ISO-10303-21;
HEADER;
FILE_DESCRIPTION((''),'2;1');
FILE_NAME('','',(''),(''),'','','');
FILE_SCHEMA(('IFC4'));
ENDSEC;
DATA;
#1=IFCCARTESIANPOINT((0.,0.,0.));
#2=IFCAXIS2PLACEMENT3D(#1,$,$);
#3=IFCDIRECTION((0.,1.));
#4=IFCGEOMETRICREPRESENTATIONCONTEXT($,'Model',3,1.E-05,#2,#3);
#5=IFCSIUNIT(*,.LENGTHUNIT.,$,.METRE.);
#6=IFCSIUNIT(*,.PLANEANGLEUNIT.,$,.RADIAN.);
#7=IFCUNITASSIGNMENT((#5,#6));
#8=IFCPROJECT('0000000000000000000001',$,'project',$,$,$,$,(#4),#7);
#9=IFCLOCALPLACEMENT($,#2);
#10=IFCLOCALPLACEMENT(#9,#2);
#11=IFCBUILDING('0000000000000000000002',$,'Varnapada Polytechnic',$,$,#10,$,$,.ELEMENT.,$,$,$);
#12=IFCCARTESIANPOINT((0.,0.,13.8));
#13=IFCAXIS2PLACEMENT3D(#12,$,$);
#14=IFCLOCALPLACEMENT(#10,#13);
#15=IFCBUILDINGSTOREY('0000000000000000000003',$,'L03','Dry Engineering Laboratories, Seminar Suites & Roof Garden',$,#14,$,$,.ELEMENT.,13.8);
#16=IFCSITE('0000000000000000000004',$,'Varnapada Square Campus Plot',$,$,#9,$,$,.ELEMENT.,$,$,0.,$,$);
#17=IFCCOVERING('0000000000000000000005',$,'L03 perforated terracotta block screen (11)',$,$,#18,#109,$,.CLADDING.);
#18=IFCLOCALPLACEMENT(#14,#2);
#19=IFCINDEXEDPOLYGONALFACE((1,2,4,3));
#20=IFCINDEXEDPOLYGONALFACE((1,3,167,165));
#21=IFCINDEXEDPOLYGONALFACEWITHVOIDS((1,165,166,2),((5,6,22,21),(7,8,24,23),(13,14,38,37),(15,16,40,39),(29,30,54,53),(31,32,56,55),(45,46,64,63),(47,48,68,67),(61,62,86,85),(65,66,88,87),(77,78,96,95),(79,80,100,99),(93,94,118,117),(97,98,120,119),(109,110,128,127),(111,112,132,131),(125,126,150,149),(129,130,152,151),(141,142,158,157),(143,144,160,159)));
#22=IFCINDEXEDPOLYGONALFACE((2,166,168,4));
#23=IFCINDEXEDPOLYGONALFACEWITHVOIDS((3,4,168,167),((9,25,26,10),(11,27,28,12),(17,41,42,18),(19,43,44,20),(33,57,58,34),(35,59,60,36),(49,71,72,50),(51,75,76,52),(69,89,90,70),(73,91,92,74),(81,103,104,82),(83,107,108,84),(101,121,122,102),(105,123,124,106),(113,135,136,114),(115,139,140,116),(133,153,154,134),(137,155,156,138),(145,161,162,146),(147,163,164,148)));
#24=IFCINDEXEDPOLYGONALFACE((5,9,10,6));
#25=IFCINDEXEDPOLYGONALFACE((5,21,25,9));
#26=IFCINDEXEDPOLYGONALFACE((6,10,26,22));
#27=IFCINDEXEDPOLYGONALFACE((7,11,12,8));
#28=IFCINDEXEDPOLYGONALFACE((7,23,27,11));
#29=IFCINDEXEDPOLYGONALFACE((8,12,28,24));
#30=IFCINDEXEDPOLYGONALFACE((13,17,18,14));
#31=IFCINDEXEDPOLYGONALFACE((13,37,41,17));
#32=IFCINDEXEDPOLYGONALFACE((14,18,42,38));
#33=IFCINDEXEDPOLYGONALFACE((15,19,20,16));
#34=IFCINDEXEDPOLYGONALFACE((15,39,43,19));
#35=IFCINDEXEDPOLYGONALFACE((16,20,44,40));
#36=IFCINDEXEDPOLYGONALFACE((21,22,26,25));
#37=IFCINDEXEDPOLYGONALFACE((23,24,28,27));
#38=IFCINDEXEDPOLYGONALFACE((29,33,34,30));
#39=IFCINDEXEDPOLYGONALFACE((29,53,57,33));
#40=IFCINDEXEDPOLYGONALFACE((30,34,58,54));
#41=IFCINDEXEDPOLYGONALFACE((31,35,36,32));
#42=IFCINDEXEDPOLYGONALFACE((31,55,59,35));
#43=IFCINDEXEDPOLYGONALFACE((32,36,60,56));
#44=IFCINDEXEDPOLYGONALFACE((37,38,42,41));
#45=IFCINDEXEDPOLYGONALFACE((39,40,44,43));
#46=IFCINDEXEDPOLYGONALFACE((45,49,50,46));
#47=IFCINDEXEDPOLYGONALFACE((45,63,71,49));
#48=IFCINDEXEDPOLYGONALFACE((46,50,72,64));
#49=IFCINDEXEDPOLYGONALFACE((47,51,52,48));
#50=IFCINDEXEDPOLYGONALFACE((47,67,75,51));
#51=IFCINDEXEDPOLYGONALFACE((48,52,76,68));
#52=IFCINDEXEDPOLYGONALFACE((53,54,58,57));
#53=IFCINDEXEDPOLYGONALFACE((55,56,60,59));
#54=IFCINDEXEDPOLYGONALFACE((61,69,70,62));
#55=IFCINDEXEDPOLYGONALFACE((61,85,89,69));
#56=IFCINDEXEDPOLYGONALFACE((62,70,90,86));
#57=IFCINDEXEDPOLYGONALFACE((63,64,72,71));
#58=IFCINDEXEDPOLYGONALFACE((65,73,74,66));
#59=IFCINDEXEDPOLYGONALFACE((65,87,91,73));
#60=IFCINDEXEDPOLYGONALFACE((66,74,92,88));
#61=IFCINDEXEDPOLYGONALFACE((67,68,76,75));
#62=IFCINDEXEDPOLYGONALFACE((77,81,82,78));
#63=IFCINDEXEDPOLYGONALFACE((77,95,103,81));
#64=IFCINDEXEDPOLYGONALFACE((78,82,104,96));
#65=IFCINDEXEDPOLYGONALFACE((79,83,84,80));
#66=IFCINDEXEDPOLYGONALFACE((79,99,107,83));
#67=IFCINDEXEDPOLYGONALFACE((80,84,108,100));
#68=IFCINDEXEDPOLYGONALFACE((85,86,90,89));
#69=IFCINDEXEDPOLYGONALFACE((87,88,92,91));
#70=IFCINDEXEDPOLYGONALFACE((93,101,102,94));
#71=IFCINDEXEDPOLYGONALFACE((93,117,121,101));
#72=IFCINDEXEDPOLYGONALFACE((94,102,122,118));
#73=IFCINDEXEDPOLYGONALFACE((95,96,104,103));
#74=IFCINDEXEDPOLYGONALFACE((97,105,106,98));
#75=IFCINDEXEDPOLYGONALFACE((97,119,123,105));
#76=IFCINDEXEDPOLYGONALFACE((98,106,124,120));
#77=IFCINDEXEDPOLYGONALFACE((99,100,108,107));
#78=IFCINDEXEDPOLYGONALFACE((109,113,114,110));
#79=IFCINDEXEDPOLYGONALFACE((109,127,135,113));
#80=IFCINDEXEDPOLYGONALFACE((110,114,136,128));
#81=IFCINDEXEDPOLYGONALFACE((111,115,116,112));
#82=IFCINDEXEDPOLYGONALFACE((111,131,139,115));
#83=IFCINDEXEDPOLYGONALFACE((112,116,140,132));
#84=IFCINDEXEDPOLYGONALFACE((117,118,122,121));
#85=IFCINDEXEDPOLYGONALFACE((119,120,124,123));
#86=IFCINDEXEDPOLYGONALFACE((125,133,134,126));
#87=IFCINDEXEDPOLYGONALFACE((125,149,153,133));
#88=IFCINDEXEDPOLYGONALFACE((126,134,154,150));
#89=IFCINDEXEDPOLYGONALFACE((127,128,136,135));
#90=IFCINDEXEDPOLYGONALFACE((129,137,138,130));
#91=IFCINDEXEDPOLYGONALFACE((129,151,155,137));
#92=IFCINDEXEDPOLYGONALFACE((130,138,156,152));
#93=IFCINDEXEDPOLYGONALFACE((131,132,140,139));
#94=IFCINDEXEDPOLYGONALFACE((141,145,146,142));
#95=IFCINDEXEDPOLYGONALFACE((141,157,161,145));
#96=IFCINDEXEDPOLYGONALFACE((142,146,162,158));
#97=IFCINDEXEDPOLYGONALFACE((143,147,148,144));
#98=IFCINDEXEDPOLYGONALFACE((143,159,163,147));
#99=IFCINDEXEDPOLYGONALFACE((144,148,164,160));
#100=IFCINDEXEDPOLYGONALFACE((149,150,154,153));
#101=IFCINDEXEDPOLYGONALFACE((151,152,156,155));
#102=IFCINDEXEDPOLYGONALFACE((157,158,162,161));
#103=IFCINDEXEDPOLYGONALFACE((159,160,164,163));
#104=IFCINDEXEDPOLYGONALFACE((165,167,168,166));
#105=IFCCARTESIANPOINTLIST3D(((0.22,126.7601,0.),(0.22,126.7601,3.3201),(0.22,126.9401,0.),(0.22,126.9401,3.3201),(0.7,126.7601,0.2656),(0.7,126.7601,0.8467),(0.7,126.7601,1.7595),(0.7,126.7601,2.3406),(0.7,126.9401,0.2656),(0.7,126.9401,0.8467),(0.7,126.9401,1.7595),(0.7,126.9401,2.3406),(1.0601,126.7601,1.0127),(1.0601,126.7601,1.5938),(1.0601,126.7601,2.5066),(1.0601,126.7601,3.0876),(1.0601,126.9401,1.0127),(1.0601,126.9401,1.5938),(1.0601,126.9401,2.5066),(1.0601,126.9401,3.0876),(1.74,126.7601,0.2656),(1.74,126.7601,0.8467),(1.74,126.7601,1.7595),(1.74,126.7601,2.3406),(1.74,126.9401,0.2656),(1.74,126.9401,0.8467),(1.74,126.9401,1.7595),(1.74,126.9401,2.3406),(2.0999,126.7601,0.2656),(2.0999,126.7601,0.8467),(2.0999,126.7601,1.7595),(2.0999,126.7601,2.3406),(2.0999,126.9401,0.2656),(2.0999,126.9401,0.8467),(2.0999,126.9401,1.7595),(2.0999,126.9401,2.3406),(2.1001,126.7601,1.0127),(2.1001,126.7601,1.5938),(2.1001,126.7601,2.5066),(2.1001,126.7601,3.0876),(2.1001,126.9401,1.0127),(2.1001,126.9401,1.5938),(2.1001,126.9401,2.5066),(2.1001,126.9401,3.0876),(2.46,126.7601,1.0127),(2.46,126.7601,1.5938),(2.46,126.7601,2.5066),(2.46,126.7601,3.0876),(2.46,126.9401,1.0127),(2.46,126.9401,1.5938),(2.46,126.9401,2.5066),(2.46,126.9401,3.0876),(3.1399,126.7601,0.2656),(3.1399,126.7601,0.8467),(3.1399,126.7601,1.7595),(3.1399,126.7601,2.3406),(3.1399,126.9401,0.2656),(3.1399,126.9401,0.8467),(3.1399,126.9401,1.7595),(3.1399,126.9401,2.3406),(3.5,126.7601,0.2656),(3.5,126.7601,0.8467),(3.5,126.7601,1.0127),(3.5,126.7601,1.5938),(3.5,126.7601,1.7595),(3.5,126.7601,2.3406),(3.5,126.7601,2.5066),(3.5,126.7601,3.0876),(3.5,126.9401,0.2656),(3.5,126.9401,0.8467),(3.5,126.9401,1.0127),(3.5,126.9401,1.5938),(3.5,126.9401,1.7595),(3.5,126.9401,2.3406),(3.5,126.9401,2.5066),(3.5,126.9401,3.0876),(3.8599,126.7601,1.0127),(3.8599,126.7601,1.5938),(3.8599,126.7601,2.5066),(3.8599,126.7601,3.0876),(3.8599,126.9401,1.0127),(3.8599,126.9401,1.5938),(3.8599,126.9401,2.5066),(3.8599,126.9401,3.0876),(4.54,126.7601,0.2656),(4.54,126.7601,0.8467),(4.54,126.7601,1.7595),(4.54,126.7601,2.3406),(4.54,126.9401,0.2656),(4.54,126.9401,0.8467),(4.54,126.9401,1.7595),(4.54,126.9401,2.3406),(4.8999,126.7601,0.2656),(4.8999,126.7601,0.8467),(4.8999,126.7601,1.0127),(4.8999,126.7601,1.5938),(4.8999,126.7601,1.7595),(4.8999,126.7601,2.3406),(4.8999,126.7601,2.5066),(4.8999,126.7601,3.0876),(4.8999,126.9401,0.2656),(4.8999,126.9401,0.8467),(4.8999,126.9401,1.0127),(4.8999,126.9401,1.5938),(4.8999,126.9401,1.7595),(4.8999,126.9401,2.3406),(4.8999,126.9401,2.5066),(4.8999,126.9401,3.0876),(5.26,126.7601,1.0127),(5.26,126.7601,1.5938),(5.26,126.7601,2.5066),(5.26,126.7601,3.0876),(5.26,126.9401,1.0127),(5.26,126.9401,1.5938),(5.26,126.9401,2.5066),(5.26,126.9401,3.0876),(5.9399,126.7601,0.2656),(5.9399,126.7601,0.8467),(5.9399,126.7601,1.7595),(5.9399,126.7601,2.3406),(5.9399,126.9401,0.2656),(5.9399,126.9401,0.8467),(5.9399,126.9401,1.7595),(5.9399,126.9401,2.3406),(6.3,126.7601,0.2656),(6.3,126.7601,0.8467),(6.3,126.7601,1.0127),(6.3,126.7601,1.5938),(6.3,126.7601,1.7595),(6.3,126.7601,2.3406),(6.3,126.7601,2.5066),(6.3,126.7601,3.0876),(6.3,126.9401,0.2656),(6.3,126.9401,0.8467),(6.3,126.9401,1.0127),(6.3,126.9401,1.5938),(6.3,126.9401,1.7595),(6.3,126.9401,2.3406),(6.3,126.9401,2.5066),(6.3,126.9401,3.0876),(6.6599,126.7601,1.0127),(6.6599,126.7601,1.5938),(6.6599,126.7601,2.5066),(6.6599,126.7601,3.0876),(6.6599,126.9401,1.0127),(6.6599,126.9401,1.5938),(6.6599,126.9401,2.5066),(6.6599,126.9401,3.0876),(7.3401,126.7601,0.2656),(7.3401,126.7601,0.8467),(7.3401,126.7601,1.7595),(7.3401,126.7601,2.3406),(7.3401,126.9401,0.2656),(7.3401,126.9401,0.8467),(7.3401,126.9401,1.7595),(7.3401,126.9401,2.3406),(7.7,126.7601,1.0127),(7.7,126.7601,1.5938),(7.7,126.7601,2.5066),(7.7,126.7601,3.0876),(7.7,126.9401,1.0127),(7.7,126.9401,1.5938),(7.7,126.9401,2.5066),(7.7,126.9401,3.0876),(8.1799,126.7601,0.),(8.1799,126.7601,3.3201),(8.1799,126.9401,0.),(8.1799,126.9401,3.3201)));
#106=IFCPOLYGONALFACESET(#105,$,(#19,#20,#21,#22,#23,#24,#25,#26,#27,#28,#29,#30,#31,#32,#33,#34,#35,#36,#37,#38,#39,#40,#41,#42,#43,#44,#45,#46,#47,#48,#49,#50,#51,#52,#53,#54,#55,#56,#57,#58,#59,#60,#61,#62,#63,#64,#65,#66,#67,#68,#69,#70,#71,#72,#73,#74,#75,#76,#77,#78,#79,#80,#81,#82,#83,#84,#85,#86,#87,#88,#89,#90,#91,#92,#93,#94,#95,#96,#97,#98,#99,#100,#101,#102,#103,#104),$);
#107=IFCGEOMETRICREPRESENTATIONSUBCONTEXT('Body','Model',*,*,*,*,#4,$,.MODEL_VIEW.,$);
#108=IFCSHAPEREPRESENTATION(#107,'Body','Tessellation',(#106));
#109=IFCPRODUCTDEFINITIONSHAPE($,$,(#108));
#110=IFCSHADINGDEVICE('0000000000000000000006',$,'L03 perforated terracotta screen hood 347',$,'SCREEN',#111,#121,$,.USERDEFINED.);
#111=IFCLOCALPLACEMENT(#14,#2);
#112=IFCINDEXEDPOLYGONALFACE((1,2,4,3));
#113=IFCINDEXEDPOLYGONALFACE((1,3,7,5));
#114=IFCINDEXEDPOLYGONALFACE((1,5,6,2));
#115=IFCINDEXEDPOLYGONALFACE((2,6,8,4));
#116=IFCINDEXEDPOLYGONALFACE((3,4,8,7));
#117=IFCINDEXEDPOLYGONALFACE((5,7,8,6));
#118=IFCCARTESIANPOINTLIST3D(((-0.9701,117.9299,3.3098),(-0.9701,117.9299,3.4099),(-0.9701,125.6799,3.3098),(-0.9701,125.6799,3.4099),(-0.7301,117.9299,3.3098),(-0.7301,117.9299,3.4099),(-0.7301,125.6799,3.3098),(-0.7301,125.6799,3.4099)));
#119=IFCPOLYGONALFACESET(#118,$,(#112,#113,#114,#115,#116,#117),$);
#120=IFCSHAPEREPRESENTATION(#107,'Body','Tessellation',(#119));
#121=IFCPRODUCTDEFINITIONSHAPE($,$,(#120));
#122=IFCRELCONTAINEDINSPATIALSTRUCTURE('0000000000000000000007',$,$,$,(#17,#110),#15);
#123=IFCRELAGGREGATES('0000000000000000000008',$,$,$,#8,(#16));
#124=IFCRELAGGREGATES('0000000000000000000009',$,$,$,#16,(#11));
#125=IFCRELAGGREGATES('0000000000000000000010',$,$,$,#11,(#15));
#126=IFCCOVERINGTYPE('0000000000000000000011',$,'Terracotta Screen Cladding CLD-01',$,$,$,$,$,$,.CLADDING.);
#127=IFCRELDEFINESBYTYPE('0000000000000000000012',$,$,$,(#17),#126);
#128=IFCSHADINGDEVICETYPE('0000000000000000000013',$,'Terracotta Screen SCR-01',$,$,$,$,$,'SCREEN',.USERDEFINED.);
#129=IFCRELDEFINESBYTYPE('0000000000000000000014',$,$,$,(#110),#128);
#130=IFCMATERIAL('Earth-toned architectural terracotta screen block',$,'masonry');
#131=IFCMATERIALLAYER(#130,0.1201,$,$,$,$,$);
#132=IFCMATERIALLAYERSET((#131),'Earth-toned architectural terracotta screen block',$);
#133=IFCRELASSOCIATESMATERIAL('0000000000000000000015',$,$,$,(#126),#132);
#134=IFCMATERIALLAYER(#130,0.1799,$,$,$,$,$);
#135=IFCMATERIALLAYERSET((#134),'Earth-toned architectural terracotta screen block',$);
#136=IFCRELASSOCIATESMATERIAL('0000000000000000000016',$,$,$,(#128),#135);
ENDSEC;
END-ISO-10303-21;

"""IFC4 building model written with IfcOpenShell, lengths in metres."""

from ifc_helpers import new_model, si_unit, direction, frame, frame_2d, origin, origin_2d, place, context, subcontext, project, spatial, rectangle, extrude, material, layer, layer_set, type_object, element, save


model = new_model("IFC4")

# Units and contexts
model_context = context("Model", 3, precision=1e-05, world=origin(), true_north=direction((0.0, 1.0)))
body_context = subcontext(model_context, "Body", "Model", "MODEL_VIEW")
ifc_project = project(units=[si_unit("LENGTHUNIT", "METRE"), si_unit("PLANEANGLEUNIT", "RADIAN")], contexts=[model_context])

# Site, building, storey
site_placement = place(None, origin())
site = spatial("IfcSite", under=ifc_project, at=site_placement, Name="Varnapada Square Campus Plot", CompositionType="ELEMENT", RefElevation=0.0)
building_placement = place(site_placement, origin())
building = spatial("IfcBuilding", under=site, at=building_placement, Name="Varnapada Polytechnic", CompositionType="ELEMENT")
storey_placement = place(building_placement, frame((0.0, 0.0, 13.8)))
storey = spatial("IfcBuildingStorey", under=building, at=storey_placement, Name="L03", Description="Dry Engineering Laboratories, Seminar Suites & Roof Garden", CompositionType="ELEMENT", Elevation=13.8)

# Covering, openings
ifc_material_1 = material(Name="Earth-toned architectural terracotta screen block", Category="masonry")
ifc_layer_1 = layer(ifc_material_1, 0.1201)
ifc_layer_set_1 = layer_set([ifc_layer_1], Name="Earth-toned architectural terracotta screen block")
covering_type_1 = type_object("IfcCoveringType", Name="Terracotta Screen Cladding CLD-01", PredefinedType="CLADDING", material=ifc_layer_set_1)
covering_1_placement = place(storey_placement, frame((0.22, 126.8501, 0.0), z_axis=(0.0, 0.0, 1.0), x_axis=(1.0, 0.0, 0.0)))
covering_1 = element("IfcCovering", 1, at=covering_1_placement, inside=storey, type_object=covering_type_1, Name="L03 perforated terracotta block screen (11)", PredefinedType="CLADDING", context=body_context, shape_type="SweptSolid", body=[
    extrude(rectangle(XDim=7.96, YDim=0.1799, at=frame_2d((3.98, 0.0))), origin(), (0.0, 0.0, 1.0), 3.3201),
])
opening_1_placement = place(covering_1_placement, frame((0.48, 0.0, 0.2656)))
element("IfcOpeningElement", 2, at=opening_1_placement, cuts=covering_1, PredefinedType="OPENING", context=body_context, shape_type="SweptSolid", body=[
    extrude(rectangle(XDim=1.04, YDim=0.5811, at=frame_2d((0.52, 0.2905))), frame((0.0, 0.0999, 0.0), z_axis=(0.0, -1.0, 0.0), x_axis=(1.0, 0.0, 0.0)), (0.0, 0.0, 1.0), 0.2),
])
opening_2_placement = place(covering_1_placement, frame((1.8799, 0.0, 0.2656)))
element("IfcOpeningElement", 3, at=opening_2_placement, cuts=covering_1, PredefinedType="OPENING", context=body_context, shape_type="SweptSolid", body=[
    extrude(rectangle(XDim=1.04, YDim=0.5811, at=frame_2d((0.52, 0.2905))), frame((0.0, 0.0999, 0.0), z_axis=(0.0, -1.0, 0.0), x_axis=(1.0, 0.0, 0.0)), (0.0, 0.0, 1.0), 0.2),
])
opening_3_placement = place(covering_1_placement, frame((3.28, 0.0, 0.2656)))
element("IfcOpeningElement", 4, at=opening_3_placement, cuts=covering_1, PredefinedType="OPENING", context=body_context, shape_type="SweptSolid", body=[
    extrude(rectangle(XDim=1.04, YDim=0.5811, at=frame_2d((0.52, 0.2905))), frame((0.0, 0.0999, 0.0), z_axis=(0.0, -1.0, 0.0), x_axis=(1.0, 0.0, 0.0)), (0.0, 0.0, 1.0), 0.2),
])
opening_4_placement = place(covering_1_placement, frame((4.6799, 0.0, 0.2656)))
element("IfcOpeningElement", 5, at=opening_4_placement, cuts=covering_1, PredefinedType="OPENING", context=body_context, shape_type="SweptSolid", body=[
    extrude(rectangle(XDim=1.04, YDim=0.5811, at=frame_2d((0.52, 0.2905))), frame((0.0, 0.0999, 0.0), z_axis=(0.0, -1.0, 0.0), x_axis=(1.0, 0.0, 0.0)), (0.0, 0.0, 1.0), 0.2),
])
opening_5_placement = place(covering_1_placement, frame((6.0801, 0.0, 0.2656)))
element("IfcOpeningElement", 6, at=opening_5_placement, cuts=covering_1, PredefinedType="OPENING", context=body_context, shape_type="SweptSolid", body=[
    extrude(rectangle(XDim=1.04, YDim=0.5811, at=frame_2d((0.52, 0.2905))), frame((0.0, 0.0999, 0.0), z_axis=(0.0, -1.0, 0.0), x_axis=(1.0, 0.0, 0.0)), (0.0, 0.0, 1.0), 0.2),
])
opening_6_placement = place(covering_1_placement, frame((0.8401, 0.0, 1.0127)))
element("IfcOpeningElement", 7, at=opening_6_placement, cuts=covering_1, PredefinedType="OPENING", context=body_context, shape_type="SweptSolid", body=[
    extrude(rectangle(XDim=1.04, YDim=0.5811, at=frame_2d((0.52, 0.2905))), frame((0.0, 0.0999, 0.0), z_axis=(0.0, -1.0, 0.0), x_axis=(1.0, 0.0, 0.0)), (0.0, 0.0, 1.0), 0.2),
])
opening_7_placement = place(covering_1_placement, frame((2.24, 0.0, 1.0127)))
element("IfcOpeningElement", 8, at=opening_7_placement, cuts=covering_1, PredefinedType="OPENING", context=body_context, shape_type="SweptSolid", body=[
    extrude(rectangle(XDim=1.04, YDim=0.5811, at=frame_2d((0.52, 0.2905))), frame((0.0, 0.0999, 0.0), z_axis=(0.0, -1.0, 0.0), x_axis=(1.0, 0.0, 0.0)), (0.0, 0.0, 1.0), 0.2),
])
opening_8_placement = place(covering_1_placement, frame((3.6399, 0.0, 1.0127)))
element("IfcOpeningElement", 9, at=opening_8_placement, cuts=covering_1, PredefinedType="OPENING", context=body_context, shape_type="SweptSolid", body=[
    extrude(rectangle(XDim=1.04, YDim=0.5811, at=frame_2d((0.52, 0.2905))), frame((0.0, 0.0999, 0.0), z_axis=(0.0, -1.0, 0.0), x_axis=(1.0, 0.0, 0.0)), (0.0, 0.0, 1.0), 0.2),
])
opening_9_placement = place(covering_1_placement, frame((5.04, 0.0, 1.0127)))
element("IfcOpeningElement", 10, at=opening_9_placement, cuts=covering_1, PredefinedType="OPENING", context=body_context, shape_type="SweptSolid", body=[
    extrude(rectangle(XDim=1.04, YDim=0.5811, at=frame_2d((0.52, 0.2905))), frame((0.0, 0.0999, 0.0), z_axis=(0.0, -1.0, 0.0), x_axis=(1.0, 0.0, 0.0)), (0.0, 0.0, 1.0), 0.2),
])
opening_10_placement = place(covering_1_placement, frame((6.4399, 0.0, 1.0127)))
element("IfcOpeningElement", 11, at=opening_10_placement, cuts=covering_1, PredefinedType="OPENING", context=body_context, shape_type="SweptSolid", body=[
    extrude(rectangle(XDim=1.04, YDim=0.5811, at=frame_2d((0.52, 0.2905))), frame((0.0, 0.0999, 0.0), z_axis=(0.0, -1.0, 0.0), x_axis=(1.0, 0.0, 0.0)), (0.0, 0.0, 1.0), 0.2),
])
opening_11_placement = place(covering_1_placement, frame((0.48, 0.0, 1.7595)))
element("IfcOpeningElement", 12, at=opening_11_placement, cuts=covering_1, PredefinedType="OPENING", context=body_context, shape_type="SweptSolid", body=[
    extrude(rectangle(XDim=1.04, YDim=0.5811, at=frame_2d((0.52, 0.2905))), frame((0.0, 0.0999, 0.0), z_axis=(0.0, -1.0, 0.0), x_axis=(1.0, 0.0, 0.0)), (0.0, 0.0, 1.0), 0.2),
])
opening_12_placement = place(covering_1_placement, frame((1.8799, 0.0, 1.7595)))
element("IfcOpeningElement", 13, at=opening_12_placement, cuts=covering_1, PredefinedType="OPENING", context=body_context, shape_type="SweptSolid", body=[
    extrude(rectangle(XDim=1.04, YDim=0.5811, at=frame_2d((0.52, 0.2905))), frame((0.0, 0.0999, 0.0), z_axis=(0.0, -1.0, 0.0), x_axis=(1.0, 0.0, 0.0)), (0.0, 0.0, 1.0), 0.2),
])
opening_13_placement = place(covering_1_placement, frame((3.28, 0.0, 1.7595)))
element("IfcOpeningElement", 14, at=opening_13_placement, cuts=covering_1, PredefinedType="OPENING", context=body_context, shape_type="SweptSolid", body=[
    extrude(rectangle(XDim=1.04, YDim=0.5811, at=frame_2d((0.52, 0.2905))), frame((0.0, 0.0999, 0.0), z_axis=(0.0, -1.0, 0.0), x_axis=(1.0, 0.0, 0.0)), (0.0, 0.0, 1.0), 0.2),
])
opening_14_placement = place(covering_1_placement, frame((4.6799, 0.0, 1.7595)))
element("IfcOpeningElement", 15, at=opening_14_placement, cuts=covering_1, PredefinedType="OPENING", context=body_context, shape_type="SweptSolid", body=[
    extrude(rectangle(XDim=1.04, YDim=0.5811, at=frame_2d((0.52, 0.2905))), frame((0.0, 0.0999, 0.0), z_axis=(0.0, -1.0, 0.0), x_axis=(1.0, 0.0, 0.0)), (0.0, 0.0, 1.0), 0.2),
])
opening_15_placement = place(covering_1_placement, frame((6.0801, 0.0, 1.7595)))
element("IfcOpeningElement", 16, at=opening_15_placement, cuts=covering_1, PredefinedType="OPENING", context=body_context, shape_type="SweptSolid", body=[
    extrude(rectangle(XDim=1.04, YDim=0.5811, at=frame_2d((0.52, 0.2905))), frame((0.0, 0.0999, 0.0), z_axis=(0.0, -1.0, 0.0), x_axis=(1.0, 0.0, 0.0)), (0.0, 0.0, 1.0), 0.2),
])
opening_16_placement = place(covering_1_placement, frame((0.8401, 0.0, 2.5066)))
element("IfcOpeningElement", 17, at=opening_16_placement, cuts=covering_1, PredefinedType="OPENING", context=body_context, shape_type="SweptSolid", body=[
    extrude(rectangle(XDim=1.04, YDim=0.5811, at=frame_2d((0.52, 0.2905))), frame((0.0, 0.0999, 0.0), z_axis=(0.0, -1.0, 0.0), x_axis=(1.0, 0.0, 0.0)), (0.0, 0.0, 1.0), 0.2),
])
opening_17_placement = place(covering_1_placement, frame((2.24, 0.0, 2.5066)))
element("IfcOpeningElement", 18, at=opening_17_placement, cuts=covering_1, PredefinedType="OPENING", context=body_context, shape_type="SweptSolid", body=[
    extrude(rectangle(XDim=1.04, YDim=0.5811, at=frame_2d((0.52, 0.2905))), frame((0.0, 0.0999, 0.0), z_axis=(0.0, -1.0, 0.0), x_axis=(1.0, 0.0, 0.0)), (0.0, 0.0, 1.0), 0.2),
])
opening_18_placement = place(covering_1_placement, frame((3.6399, 0.0, 2.5066)))
element("IfcOpeningElement", 19, at=opening_18_placement, cuts=covering_1, PredefinedType="OPENING", context=body_context, shape_type="SweptSolid", body=[
    extrude(rectangle(XDim=1.04, YDim=0.5811, at=frame_2d((0.52, 0.2905))), frame((0.0, 0.0999, 0.0), z_axis=(0.0, -1.0, 0.0), x_axis=(1.0, 0.0, 0.0)), (0.0, 0.0, 1.0), 0.2),
])
opening_19_placement = place(covering_1_placement, frame((5.04, 0.0, 2.5066)))
element("IfcOpeningElement", 20, at=opening_19_placement, cuts=covering_1, PredefinedType="OPENING", context=body_context, shape_type="SweptSolid", body=[
    extrude(rectangle(XDim=1.04, YDim=0.5811, at=frame_2d((0.52, 0.2905))), frame((0.0, 0.0999, 0.0), z_axis=(0.0, -1.0, 0.0), x_axis=(1.0, 0.0, 0.0)), (0.0, 0.0, 1.0), 0.2),
])
opening_20_placement = place(covering_1_placement, frame((6.4399, 0.0, 2.5066)))
element("IfcOpeningElement", 21, at=opening_20_placement, cuts=covering_1, PredefinedType="OPENING", context=body_context, shape_type="SweptSolid", body=[
    extrude(rectangle(XDim=1.04, YDim=0.5811, at=frame_2d((0.52, 0.2905))), frame((0.0, 0.0999, 0.0), z_axis=(0.0, -1.0, 0.0), x_axis=(1.0, 0.0, 0.0)), (0.0, 0.0, 1.0), 0.2),
])

# Shading device
ifc_layer_2 = layer(ifc_material_1, 0.1799)
ifc_layer_set_2 = layer_set([ifc_layer_2], Name="Earth-toned architectural terracotta screen block")
shading_device_type = type_object("IfcShadingDeviceType", Name="Terracotta Screen SCR-01", ElementType="SCREEN", PredefinedType="USERDEFINED", material=ifc_layer_set_2)
shading_device_placement = place(storey_placement, frame((-0.8501, 121.8049, 3.3098), z_axis=(0.0, 0.0, 1.0), x_axis=(0.0, 1.0, 0.0)))
element("IfcShadingDevice", 22, at=shading_device_placement, inside=storey, type_object=shading_device_type, Name="L03 perforated terracotta screen hood 347", ObjectType="SCREEN", PredefinedType="USERDEFINED", context=body_context, shape_type="SweptSolid", body=[
    extrude(rectangle(XDim=7.75, YDim=0.24, at=origin_2d()), origin(), (0.0, 0.0, 1.0), 0.1001),
])

save(model, "model.ifc")
